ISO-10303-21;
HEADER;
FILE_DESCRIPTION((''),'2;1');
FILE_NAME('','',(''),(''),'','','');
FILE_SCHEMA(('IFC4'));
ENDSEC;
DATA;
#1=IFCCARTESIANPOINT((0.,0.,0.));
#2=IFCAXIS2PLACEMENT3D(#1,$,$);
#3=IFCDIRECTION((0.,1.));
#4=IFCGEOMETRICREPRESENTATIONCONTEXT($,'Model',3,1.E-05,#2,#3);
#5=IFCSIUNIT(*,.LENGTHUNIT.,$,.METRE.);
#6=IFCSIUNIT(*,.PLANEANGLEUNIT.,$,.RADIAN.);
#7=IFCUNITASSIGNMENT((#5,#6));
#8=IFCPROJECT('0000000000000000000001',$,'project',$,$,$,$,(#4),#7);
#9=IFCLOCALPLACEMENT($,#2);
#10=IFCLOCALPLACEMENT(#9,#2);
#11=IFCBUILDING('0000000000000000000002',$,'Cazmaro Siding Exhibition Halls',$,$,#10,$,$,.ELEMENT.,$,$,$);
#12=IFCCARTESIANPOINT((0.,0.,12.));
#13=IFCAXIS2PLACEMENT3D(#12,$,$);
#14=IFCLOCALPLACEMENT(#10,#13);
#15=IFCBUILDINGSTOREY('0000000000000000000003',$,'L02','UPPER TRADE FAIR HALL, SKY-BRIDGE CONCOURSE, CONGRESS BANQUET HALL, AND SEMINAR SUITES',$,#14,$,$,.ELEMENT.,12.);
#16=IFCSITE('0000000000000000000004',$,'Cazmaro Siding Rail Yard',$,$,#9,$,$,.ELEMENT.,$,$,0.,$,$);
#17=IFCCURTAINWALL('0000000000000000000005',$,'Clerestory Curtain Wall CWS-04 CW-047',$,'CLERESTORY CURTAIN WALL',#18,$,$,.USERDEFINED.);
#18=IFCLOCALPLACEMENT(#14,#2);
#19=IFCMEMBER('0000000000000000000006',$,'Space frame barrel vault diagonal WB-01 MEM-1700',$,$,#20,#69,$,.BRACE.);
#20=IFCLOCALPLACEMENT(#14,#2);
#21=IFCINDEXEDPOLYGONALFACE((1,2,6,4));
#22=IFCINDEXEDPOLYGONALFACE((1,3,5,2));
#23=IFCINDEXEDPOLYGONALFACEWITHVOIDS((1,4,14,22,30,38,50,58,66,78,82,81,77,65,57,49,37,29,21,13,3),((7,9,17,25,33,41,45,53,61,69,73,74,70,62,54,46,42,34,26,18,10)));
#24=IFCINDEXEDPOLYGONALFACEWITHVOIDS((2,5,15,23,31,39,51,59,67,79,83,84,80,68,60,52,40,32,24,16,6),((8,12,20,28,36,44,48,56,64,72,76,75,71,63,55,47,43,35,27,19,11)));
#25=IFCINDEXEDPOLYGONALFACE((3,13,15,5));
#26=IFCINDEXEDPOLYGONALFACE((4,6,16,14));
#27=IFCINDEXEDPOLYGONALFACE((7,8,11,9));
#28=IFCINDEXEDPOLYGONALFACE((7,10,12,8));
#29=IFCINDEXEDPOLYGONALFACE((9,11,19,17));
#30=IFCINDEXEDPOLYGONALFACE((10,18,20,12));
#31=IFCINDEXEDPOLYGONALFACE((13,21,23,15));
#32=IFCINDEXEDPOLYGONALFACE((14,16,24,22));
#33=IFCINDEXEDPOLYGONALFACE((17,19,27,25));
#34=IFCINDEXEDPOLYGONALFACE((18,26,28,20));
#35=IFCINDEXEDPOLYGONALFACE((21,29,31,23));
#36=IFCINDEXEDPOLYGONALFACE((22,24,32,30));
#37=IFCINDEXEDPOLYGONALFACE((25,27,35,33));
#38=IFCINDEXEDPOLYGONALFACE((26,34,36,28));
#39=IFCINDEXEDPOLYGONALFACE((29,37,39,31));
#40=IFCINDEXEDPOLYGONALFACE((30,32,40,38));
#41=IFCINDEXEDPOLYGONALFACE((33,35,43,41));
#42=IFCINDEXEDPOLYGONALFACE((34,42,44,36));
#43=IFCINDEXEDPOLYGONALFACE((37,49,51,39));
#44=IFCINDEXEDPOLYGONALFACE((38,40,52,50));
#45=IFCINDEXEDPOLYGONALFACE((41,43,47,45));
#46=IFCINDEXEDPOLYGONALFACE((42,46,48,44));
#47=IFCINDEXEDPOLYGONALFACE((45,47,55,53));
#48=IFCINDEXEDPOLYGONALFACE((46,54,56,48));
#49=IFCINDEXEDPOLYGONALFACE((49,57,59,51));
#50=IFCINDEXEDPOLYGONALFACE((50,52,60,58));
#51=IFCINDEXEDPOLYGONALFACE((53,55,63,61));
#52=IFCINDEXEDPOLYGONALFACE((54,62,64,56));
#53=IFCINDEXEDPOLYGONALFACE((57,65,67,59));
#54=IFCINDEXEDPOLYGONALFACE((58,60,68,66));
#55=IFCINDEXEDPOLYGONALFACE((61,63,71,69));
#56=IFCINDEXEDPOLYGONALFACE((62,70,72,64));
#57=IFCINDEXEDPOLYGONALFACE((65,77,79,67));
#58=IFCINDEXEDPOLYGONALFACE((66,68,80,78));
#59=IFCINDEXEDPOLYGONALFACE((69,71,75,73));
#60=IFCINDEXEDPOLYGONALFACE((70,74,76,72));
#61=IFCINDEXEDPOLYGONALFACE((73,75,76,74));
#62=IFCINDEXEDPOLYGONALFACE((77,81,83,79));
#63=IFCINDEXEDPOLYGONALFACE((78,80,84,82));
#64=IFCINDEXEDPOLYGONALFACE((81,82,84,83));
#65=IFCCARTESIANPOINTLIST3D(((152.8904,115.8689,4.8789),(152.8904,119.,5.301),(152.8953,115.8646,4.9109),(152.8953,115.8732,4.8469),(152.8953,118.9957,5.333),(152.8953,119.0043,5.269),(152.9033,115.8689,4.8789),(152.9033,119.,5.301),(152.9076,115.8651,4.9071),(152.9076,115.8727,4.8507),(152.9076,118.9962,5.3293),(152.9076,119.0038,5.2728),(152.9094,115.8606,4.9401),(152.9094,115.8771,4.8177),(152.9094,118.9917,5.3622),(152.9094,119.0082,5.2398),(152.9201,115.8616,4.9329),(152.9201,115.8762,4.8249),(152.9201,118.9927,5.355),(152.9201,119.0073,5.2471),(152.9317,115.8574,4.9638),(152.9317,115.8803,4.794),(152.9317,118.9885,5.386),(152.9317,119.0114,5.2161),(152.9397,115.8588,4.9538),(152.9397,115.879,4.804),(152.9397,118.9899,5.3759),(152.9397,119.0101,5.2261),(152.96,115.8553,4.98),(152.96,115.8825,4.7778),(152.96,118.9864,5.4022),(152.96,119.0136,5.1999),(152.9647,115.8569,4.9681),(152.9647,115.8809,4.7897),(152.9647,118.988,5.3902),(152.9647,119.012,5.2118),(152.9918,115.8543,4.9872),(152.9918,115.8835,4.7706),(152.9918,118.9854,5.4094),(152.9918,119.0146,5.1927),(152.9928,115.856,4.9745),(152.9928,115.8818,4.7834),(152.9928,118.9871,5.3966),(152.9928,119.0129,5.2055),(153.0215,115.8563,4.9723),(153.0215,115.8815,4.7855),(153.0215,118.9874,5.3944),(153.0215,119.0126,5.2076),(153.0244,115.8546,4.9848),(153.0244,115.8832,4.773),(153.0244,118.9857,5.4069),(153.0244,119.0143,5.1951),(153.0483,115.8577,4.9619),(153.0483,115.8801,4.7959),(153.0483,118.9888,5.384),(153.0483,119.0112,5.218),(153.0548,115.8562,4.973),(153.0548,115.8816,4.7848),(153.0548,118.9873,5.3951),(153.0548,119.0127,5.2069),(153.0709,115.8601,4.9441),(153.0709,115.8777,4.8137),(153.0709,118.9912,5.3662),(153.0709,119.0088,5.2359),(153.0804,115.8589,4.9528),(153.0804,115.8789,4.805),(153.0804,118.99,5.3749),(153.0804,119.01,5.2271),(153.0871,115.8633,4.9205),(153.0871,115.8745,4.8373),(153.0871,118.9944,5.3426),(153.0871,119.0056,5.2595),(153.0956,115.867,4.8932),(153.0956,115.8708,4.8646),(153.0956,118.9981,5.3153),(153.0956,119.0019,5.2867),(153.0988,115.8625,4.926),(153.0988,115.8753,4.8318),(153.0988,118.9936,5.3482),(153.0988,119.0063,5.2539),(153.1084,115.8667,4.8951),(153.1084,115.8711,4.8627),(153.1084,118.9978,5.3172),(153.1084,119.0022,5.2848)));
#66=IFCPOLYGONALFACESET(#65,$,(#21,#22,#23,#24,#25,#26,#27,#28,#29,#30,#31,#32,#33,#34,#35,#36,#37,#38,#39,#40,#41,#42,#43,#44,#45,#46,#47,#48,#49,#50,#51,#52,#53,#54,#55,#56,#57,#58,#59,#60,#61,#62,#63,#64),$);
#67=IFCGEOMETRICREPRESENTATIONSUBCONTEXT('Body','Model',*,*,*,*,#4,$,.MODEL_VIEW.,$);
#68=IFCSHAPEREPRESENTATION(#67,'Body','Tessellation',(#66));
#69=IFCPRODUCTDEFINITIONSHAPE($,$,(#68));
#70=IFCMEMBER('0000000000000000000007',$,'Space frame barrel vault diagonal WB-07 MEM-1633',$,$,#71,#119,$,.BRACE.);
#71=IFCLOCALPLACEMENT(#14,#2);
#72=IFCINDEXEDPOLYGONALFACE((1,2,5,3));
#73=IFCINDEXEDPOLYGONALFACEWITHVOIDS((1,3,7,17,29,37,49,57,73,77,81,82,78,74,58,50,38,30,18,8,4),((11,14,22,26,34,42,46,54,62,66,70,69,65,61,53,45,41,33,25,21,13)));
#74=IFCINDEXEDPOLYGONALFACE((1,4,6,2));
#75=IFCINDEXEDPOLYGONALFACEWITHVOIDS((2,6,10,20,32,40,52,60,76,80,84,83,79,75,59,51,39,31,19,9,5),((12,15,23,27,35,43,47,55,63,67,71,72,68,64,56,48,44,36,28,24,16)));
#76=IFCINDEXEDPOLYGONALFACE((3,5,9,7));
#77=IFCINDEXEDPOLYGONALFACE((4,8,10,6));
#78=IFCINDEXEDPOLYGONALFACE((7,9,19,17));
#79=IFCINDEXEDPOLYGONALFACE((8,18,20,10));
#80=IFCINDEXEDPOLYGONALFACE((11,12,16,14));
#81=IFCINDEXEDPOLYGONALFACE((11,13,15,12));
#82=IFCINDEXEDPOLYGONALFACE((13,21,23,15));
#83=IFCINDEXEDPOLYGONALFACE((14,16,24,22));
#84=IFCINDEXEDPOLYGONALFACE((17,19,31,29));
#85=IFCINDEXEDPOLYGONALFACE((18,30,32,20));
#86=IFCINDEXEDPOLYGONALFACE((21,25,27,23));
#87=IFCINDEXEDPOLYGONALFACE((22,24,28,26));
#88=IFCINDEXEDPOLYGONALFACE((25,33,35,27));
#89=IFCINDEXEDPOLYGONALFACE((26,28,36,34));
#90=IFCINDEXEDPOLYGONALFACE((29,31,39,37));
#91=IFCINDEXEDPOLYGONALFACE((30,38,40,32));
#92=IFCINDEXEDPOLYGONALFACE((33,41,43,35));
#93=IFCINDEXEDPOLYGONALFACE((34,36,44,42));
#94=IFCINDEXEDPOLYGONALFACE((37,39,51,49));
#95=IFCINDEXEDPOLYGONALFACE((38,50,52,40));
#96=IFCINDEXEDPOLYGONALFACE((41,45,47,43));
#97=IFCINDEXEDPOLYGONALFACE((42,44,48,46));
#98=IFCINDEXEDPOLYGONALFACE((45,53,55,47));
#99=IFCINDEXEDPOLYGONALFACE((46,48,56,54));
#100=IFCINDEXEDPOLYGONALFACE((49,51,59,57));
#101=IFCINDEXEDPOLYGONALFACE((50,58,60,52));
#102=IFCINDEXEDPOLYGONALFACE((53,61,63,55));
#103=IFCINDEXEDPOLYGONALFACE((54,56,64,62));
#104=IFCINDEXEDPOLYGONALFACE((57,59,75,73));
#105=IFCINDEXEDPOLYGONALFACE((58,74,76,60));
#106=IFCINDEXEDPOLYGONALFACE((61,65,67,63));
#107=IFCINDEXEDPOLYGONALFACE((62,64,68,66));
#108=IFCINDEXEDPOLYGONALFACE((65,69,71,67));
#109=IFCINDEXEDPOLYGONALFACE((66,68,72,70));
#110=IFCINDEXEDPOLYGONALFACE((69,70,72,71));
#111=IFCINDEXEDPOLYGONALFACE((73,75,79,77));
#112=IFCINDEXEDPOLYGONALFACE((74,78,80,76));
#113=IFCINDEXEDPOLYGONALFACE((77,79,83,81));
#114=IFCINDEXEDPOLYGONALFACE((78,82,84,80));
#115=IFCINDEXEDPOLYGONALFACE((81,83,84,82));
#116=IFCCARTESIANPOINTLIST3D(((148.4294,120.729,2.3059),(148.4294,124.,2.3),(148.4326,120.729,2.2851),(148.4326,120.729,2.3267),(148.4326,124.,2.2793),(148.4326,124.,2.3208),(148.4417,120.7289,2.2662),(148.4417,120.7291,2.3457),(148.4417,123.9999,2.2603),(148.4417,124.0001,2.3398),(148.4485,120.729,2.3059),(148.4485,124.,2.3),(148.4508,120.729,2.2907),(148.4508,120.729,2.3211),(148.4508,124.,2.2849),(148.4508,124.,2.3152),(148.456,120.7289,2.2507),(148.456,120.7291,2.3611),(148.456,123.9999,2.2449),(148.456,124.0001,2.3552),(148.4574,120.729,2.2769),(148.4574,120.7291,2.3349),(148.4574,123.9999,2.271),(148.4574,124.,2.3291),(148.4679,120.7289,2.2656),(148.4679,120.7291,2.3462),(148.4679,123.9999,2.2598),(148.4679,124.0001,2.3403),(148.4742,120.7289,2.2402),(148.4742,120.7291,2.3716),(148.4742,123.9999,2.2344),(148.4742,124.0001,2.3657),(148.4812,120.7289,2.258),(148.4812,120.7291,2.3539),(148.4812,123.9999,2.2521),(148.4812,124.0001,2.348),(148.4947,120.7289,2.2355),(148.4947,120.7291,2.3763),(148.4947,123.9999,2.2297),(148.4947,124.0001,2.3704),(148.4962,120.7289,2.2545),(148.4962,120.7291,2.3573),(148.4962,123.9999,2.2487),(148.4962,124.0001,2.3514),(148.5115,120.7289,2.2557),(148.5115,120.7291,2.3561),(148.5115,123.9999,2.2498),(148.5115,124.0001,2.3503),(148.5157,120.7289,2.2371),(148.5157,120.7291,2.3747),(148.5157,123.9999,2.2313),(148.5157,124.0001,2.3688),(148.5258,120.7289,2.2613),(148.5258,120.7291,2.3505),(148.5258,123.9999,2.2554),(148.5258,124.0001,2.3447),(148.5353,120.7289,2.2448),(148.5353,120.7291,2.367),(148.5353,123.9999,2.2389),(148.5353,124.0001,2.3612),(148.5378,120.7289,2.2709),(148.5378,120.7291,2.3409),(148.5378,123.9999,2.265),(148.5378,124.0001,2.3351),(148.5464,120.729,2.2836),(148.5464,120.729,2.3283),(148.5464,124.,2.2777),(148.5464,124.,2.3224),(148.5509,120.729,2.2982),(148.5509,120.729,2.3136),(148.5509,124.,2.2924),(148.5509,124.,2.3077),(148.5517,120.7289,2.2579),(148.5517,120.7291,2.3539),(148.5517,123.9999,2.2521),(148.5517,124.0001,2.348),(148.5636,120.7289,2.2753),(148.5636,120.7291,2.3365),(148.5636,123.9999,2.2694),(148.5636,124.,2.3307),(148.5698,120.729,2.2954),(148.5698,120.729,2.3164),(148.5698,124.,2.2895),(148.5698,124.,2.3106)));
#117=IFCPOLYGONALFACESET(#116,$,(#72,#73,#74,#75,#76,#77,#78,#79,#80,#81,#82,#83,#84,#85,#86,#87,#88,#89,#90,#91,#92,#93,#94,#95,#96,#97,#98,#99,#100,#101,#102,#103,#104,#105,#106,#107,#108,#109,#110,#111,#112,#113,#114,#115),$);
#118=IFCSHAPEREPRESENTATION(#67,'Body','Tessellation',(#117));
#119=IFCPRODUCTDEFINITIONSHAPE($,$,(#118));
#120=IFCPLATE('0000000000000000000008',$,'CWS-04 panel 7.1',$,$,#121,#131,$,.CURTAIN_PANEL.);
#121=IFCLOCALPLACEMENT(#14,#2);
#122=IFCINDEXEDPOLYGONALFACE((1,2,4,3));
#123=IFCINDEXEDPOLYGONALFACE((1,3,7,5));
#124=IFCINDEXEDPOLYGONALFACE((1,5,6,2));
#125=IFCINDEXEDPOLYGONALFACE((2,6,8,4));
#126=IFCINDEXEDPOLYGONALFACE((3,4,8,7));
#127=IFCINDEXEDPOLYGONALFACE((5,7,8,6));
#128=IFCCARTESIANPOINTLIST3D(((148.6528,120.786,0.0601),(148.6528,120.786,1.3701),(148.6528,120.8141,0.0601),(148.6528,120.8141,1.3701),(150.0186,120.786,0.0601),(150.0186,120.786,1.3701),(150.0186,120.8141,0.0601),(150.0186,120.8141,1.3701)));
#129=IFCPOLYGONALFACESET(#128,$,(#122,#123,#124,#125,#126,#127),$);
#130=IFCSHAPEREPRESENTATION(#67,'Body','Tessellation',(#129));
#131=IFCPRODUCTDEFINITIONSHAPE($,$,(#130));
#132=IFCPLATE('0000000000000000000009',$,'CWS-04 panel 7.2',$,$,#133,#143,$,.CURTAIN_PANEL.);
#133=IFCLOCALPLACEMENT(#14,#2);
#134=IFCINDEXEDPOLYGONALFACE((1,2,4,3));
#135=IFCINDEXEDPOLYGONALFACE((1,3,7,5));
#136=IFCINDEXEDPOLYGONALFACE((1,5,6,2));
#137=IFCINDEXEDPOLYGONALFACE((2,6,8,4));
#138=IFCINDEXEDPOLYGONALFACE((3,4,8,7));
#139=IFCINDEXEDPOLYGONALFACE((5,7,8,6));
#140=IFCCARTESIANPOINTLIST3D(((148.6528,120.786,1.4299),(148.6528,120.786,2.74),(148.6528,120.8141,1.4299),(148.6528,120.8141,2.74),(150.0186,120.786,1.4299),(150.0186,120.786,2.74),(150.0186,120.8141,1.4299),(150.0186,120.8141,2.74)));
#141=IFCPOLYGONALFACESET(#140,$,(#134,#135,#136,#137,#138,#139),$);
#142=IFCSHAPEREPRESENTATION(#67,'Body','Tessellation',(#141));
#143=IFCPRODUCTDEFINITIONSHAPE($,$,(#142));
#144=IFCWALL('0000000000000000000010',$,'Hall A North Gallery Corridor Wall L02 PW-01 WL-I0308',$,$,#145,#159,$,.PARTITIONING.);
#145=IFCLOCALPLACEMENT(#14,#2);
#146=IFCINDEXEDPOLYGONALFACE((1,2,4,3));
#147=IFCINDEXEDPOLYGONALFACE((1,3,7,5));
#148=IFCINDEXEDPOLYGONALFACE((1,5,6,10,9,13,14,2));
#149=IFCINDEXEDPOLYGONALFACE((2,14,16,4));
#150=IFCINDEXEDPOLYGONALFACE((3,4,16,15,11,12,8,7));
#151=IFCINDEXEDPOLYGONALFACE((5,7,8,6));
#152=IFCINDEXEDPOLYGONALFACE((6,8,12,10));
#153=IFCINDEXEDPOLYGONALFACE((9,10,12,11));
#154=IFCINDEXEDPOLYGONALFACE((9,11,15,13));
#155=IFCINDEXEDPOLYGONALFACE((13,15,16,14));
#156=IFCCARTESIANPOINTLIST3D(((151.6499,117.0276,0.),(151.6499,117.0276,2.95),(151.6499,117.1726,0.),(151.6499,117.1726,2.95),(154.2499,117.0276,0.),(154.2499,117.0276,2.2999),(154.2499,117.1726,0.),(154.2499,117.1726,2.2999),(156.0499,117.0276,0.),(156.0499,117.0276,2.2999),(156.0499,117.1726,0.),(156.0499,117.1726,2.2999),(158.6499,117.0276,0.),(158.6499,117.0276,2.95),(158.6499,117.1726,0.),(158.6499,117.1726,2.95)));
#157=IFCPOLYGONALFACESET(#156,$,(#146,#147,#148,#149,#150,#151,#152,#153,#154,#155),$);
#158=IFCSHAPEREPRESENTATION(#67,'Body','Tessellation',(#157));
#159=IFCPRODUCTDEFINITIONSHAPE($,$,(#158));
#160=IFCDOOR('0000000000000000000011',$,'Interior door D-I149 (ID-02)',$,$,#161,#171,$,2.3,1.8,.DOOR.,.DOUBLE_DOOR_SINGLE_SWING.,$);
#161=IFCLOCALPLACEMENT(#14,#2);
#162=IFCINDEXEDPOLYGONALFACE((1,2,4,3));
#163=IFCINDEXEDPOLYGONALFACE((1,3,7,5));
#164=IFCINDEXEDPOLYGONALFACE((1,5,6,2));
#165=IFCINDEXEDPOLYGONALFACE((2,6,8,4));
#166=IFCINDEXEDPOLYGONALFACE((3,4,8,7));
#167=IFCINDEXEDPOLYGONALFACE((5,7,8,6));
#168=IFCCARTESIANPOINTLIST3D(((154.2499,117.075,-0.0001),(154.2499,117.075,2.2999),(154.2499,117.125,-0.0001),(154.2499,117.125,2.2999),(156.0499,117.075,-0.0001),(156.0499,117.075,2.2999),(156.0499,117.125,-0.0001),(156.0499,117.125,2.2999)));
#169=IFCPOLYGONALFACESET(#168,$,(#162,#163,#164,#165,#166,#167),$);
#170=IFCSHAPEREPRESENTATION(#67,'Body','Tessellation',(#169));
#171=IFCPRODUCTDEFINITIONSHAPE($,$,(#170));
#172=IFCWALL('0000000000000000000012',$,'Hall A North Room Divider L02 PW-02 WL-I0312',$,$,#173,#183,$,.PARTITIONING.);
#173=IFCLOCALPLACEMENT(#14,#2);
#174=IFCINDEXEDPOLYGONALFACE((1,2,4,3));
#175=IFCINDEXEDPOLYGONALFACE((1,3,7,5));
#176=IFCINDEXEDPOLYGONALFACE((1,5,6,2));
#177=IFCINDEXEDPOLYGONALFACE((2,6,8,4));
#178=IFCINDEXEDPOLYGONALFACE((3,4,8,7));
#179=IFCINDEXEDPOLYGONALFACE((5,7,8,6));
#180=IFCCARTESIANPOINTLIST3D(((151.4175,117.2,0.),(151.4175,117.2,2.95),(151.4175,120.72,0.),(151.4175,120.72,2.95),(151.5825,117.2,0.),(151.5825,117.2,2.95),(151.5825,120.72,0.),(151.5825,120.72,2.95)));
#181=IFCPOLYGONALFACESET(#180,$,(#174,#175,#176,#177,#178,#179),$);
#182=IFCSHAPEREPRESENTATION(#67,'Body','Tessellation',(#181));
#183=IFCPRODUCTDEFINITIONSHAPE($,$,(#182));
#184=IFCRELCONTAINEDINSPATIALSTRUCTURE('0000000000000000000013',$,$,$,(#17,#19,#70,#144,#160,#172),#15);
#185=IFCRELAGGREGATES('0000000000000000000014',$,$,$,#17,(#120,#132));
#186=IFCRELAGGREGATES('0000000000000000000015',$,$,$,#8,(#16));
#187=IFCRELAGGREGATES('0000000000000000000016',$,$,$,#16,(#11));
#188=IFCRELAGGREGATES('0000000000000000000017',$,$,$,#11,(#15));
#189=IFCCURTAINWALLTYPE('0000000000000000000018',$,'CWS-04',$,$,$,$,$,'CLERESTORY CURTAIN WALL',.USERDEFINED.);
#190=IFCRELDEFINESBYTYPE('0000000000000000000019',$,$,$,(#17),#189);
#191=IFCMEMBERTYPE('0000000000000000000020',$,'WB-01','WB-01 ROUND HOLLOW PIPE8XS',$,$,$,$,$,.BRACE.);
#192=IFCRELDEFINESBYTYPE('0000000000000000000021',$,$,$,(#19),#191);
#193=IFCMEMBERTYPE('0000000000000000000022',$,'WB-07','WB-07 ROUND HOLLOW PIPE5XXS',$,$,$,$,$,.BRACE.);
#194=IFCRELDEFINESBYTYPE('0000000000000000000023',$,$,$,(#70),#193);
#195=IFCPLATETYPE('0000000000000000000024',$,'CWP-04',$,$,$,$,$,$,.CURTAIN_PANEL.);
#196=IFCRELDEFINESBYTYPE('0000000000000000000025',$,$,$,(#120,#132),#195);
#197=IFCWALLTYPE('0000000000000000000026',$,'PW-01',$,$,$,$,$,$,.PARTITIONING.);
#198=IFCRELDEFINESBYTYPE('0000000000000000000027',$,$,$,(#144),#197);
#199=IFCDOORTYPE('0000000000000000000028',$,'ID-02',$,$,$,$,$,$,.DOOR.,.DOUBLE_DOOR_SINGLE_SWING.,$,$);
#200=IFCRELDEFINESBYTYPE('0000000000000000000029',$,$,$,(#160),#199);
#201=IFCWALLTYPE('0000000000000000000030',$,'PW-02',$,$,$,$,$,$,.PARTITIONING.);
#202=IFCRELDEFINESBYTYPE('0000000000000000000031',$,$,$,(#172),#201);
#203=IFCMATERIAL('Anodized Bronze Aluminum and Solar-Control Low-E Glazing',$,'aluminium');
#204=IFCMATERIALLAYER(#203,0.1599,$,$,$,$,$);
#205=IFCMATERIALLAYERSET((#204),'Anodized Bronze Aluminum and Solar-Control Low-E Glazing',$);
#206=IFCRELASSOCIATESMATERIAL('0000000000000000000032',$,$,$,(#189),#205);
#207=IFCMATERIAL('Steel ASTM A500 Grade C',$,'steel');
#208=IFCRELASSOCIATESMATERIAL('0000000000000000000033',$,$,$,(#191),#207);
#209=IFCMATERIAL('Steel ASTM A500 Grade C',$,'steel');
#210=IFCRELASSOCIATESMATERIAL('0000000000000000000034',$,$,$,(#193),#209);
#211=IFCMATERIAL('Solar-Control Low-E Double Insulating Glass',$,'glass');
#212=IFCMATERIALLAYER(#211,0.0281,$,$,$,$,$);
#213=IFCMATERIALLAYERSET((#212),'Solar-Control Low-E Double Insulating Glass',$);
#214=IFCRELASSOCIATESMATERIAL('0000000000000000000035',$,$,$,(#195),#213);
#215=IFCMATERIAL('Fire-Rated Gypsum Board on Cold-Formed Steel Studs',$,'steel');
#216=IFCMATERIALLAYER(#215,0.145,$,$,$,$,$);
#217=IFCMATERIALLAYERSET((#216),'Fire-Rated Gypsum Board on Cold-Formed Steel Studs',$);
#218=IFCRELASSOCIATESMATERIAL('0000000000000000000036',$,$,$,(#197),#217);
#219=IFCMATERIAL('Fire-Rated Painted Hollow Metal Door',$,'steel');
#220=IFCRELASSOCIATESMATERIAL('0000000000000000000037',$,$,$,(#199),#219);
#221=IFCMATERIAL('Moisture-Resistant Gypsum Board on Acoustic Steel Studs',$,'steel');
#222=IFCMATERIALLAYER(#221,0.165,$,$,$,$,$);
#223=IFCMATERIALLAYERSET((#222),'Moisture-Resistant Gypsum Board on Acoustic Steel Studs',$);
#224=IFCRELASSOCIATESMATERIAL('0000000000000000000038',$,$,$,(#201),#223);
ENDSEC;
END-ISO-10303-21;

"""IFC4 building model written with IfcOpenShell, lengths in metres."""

from ifc_helpers import new_model, si_unit, direction, frame, frame_2d, origin, origin_2d, place, context, subcontext, project, spatial, rectangle, hollow_circle, extrude, material, layer, layer_set, material_profile, profile_set, type_object, element, fill, aggregate, save


model = new_model("IFC4")

# Units and contexts
model_context = context("Model", 3, precision=1e-05, world=origin(), true_north=direction((0.0, 1.0)))
body_context = subcontext(model_context, "Body", "Model", "MODEL_VIEW")
ifc_project = project(units=[si_unit("LENGTHUNIT", "METRE"), si_unit("PLANEANGLEUNIT", "RADIAN")], contexts=[model_context])

# Site, building, storey
site_placement = place(None, origin())
site = spatial("IfcSite", under=ifc_project, at=site_placement, Name="Cazmaro Siding Rail Yard", CompositionType="ELEMENT", RefElevation=0.0)
building_placement = place(site_placement, origin())
building = spatial("IfcBuilding", under=site, at=building_placement, Name="Cazmaro Siding Exhibition Halls", CompositionType="ELEMENT")
storey_placement = place(building_placement, frame((0.0, 0.0, 12.0)))
storey = spatial("IfcBuildingStorey", under=building, at=storey_placement, Name="L02", Description="UPPER TRADE FAIR HALL, SKY-BRIDGE CONCOURSE, CONGRESS BANQUET HALL, AND SEMINAR SUITES", CompositionType="ELEMENT", Elevation=12.0)

# Curtain wall
ifc_material_1 = material(Name="Anodized Bronze Aluminum and Solar-Control Low-E Glazing", Category="aluminium")
ifc_layer_1 = layer(ifc_material_1, 0.1599)
ifc_layer_set_1 = layer_set([ifc_layer_1], Name="Anodized Bronze Aluminum and Solar-Control Low-E Glazing")
curtain_wall_type = type_object("IfcCurtainWallType", Name="CWS-04", ElementType="CLERESTORY CURTAIN WALL", PredefinedType="USERDEFINED", material=ifc_layer_set_1)
curtain_wall_placement = place(storey_placement, origin())
curtain_wall = element("IfcCurtainWall", 1, at=curtain_wall_placement, inside=storey, type_object=curtain_wall_type, Name="Clerestory Curtain Wall CWS-04 CW-047", ObjectType="CLERESTORY CURTAIN WALL", PredefinedType="USERDEFINED")

# Members
ifc_material_2 = material(Name="Steel ASTM A500 Grade C", Category="steel")
ifc_material_profile_1 = material_profile(ifc_material_2, hollow_circle(Radius=0.1096, WallThickness=0.0129, at=origin_2d()), Name="PIPE8XS")
ifc_profile_set_1 = profile_set([ifc_material_profile_1], Name="Steel ASTM A500 Grade C")
member_type_1 = type_object("IfcMemberType", Name="WB-01", Description="WB-01 ROUND HOLLOW PIPE8XS", PredefinedType="BRACE", material=ifc_profile_set_1)
member_1_placement = place(storey_placement, frame((153.0, 115.8689, 4.8789), z_axis=(0.0, 0.991035, 0.133606), x_axis=(-1.0, 0.0, 0.0)))
element("IfcMember", 2, at=member_1_placement, inside=storey, type_object=member_type_1, Name="Space frame barrel vault diagonal WB-01 MEM-1700", PredefinedType="BRACE", context=body_context, shape_type="SweptSolid", body=[
    extrude(hollow_circle(Radius=0.1096, WallThickness=0.0129, at=origin_2d()), origin(), (0.0, 0.0, 1.0), 3.1594),
])
ifc_material_3 = material(Name="Steel ASTM A500 Grade C", Category="steel")
ifc_material_profile_2 = material_profile(ifc_material_3, hollow_circle(Radius=0.0706, WallThickness=0.019, at=origin_2d()), Name="PIPE5XXS")
ifc_profile_set_2 = profile_set([ifc_material_profile_2], Name="Steel ASTM A500 Grade C")
member_type_2 = type_object("IfcMemberType", Name="WB-07", Description="WB-07 ROUND HOLLOW PIPE5XXS", PredefinedType="BRACE", material=ifc_profile_set_2)
member_2_placement = place(storey_placement, frame((148.5, 120.729, 2.3059), z_axis=(0.0, 0.999998, -0.001791), x_axis=(-1.0, 0.0, 0.0)))
element("IfcMember", 3, at=member_2_placement, inside=storey, type_object=member_type_2, Name="Space frame barrel vault diagonal WB-07 MEM-1633", PredefinedType="BRACE", context=body_context, shape_type="SweptSolid", body=[
    extrude(hollow_circle(Radius=0.0706, WallThickness=0.019, at=origin_2d()), origin(), (0.0, 0.0, 1.0), 3.271),
])

# Plates
ifc_material_4 = material(Name="Solar-Control Low-E Double Insulating Glass", Category="glass")
ifc_layer_2 = layer(ifc_material_4, 0.0281)
ifc_layer_set_2 = layer_set([ifc_layer_2], Name="Solar-Control Low-E Double Insulating Glass")
plate_type = type_object("IfcPlateType", Name="CWP-04", PredefinedType="CURTAIN_PANEL", material=ifc_layer_set_2)
plate_1_placement = place(storey_placement, frame((149.3357, 120.8, 0.0601), z_axis=(0.0, 0.0, 1.0), x_axis=(-1.0, 0.0, 0.0)))
plate_1 = element("IfcPlate", 4, at=plate_1_placement, type_object=plate_type, Name="CWS-04 panel 7.1", PredefinedType="CURTAIN_PANEL", context=body_context, shape_type="SweptSolid", body=[
    extrude(rectangle(XDim=1.3657, YDim=0.0281, at=origin_2d()), origin(), (0.0, 0.0, 1.0), 1.3101),
])
plate_2_placement = place(storey_placement, frame((149.3357, 120.8, 1.4299), z_axis=(0.0, 0.0, 1.0), x_axis=(-1.0, 0.0, 0.0)))
plate_2 = element("IfcPlate", 5, at=plate_2_placement, type_object=plate_type, Name="CWS-04 panel 7.2", PredefinedType="CURTAIN_PANEL", context=body_context, shape_type="SweptSolid", body=[
    extrude(rectangle(XDim=1.3657, YDim=0.0281, at=origin_2d()), origin(), (0.0, 0.0, 1.0), 1.3101),
])
aggregate(curtain_wall, [plate_1, plate_2])

# Wall, opening, door
ifc_material_5 = material(Name="Fire-Rated Gypsum Board on Cold-Formed Steel Studs", Category="steel")
ifc_layer_3 = layer(ifc_material_5, 0.145)
ifc_layer_set_3 = layer_set([ifc_layer_3], Name="Fire-Rated Gypsum Board on Cold-Formed Steel Studs")
wall_type_1 = type_object("IfcWallType", Name="PW-01", PredefinedType="PARTITIONING", material=ifc_layer_set_3)
wall_1_placement = place(storey_placement, frame((151.6499, 117.1001, 0.0), z_axis=(0.0, 0.0, 1.0), x_axis=(1.0, 0.0, 0.0)))
wall_1 = element("IfcWall", 6, at=wall_1_placement, inside=storey, type_object=wall_type_1, Name="Hall A North Gallery Corridor Wall L02 PW-01 WL-I0308", PredefinedType="PARTITIONING", context=body_context, shape_type="SweptSolid", body=[
    extrude(rectangle(XDim=7.0, YDim=0.145, at=frame_2d((3.5, 0.0))), origin(), (0.0, 0.0, 1.0), 2.95),
])
opening_placement = place(wall_1_placement, frame((2.6001, 0.0, 0.0)))
opening = element("IfcOpeningElement", 7, at=opening_placement, cuts=wall_1, PredefinedType="OPENING", context=body_context, shape_type="SweptSolid", body=[
    extrude(rectangle(XDim=1.8, YDim=2.3, at=frame_2d((0.8999, 1.1499))), frame((0.0, 0.0825, 0.0), z_axis=(0.0, -1.0, 0.0), x_axis=(1.0, 0.0, 0.0)), (0.0, 0.0, 1.0), 0.165),
])
ifc_material_6 = material(Name="Fire-Rated Painted Hollow Metal Door", Category="steel")
door_type = type_object("IfcDoorType", Name="ID-02", OperationType="DOUBLE_DOOR_SINGLE_SWING", PredefinedType="DOOR", material=ifc_material_6)
door_placement = place(opening_placement, origin())
door = element("IfcDoor", 8, at=door_placement, inside=storey, type_object=door_type, Name="Interior door D-I149 (ID-02)", OperationType="DOUBLE_DOOR_SINGLE_SWING", OverallHeight=2.3, OverallWidth=1.8, PredefinedType="DOOR", context=body_context, shape_type="SweptSolid", body=[
    extrude(rectangle(XDim=1.8, YDim=2.3, at=frame_2d((0.8999, 1.1499))), frame((0.0, 0.0249, 0.0), z_axis=(0.0, -1.0, 0.0), x_axis=(1.0, 0.0, 0.0)), (0.0, 0.0, 1.0), 0.05),
])
fill(opening, door)

# Wall
ifc_material_7 = material(Name="Moisture-Resistant Gypsum Board on Acoustic Steel Studs", Category="steel")
ifc_layer_4 = layer(ifc_material_7, 0.165)
ifc_layer_set_4 = layer_set([ifc_layer_4], Name="Moisture-Resistant Gypsum Board on Acoustic Steel Studs")
wall_type_2 = type_object("IfcWallType", Name="PW-02", PredefinedType="PARTITIONING", material=ifc_layer_set_4)
wall_2_placement = place(storey_placement, frame((151.5, 117.2, 0.0), z_axis=(0.0, 0.0, 1.0), x_axis=(0.0, 1.0, 0.0)))
element("IfcWall", 9, at=wall_2_placement, inside=storey, type_object=wall_type_2, Name="Hall A North Room Divider L02 PW-02 WL-I0312", PredefinedType="PARTITIONING", context=body_context, shape_type="SweptSolid", body=[
    extrude(rectangle(XDim=3.52, YDim=0.165, at=frame_2d((1.76, 0.0))), origin(), (0.0, 0.0, 1.0), 2.95),
])

save(model, "model.ifc")
